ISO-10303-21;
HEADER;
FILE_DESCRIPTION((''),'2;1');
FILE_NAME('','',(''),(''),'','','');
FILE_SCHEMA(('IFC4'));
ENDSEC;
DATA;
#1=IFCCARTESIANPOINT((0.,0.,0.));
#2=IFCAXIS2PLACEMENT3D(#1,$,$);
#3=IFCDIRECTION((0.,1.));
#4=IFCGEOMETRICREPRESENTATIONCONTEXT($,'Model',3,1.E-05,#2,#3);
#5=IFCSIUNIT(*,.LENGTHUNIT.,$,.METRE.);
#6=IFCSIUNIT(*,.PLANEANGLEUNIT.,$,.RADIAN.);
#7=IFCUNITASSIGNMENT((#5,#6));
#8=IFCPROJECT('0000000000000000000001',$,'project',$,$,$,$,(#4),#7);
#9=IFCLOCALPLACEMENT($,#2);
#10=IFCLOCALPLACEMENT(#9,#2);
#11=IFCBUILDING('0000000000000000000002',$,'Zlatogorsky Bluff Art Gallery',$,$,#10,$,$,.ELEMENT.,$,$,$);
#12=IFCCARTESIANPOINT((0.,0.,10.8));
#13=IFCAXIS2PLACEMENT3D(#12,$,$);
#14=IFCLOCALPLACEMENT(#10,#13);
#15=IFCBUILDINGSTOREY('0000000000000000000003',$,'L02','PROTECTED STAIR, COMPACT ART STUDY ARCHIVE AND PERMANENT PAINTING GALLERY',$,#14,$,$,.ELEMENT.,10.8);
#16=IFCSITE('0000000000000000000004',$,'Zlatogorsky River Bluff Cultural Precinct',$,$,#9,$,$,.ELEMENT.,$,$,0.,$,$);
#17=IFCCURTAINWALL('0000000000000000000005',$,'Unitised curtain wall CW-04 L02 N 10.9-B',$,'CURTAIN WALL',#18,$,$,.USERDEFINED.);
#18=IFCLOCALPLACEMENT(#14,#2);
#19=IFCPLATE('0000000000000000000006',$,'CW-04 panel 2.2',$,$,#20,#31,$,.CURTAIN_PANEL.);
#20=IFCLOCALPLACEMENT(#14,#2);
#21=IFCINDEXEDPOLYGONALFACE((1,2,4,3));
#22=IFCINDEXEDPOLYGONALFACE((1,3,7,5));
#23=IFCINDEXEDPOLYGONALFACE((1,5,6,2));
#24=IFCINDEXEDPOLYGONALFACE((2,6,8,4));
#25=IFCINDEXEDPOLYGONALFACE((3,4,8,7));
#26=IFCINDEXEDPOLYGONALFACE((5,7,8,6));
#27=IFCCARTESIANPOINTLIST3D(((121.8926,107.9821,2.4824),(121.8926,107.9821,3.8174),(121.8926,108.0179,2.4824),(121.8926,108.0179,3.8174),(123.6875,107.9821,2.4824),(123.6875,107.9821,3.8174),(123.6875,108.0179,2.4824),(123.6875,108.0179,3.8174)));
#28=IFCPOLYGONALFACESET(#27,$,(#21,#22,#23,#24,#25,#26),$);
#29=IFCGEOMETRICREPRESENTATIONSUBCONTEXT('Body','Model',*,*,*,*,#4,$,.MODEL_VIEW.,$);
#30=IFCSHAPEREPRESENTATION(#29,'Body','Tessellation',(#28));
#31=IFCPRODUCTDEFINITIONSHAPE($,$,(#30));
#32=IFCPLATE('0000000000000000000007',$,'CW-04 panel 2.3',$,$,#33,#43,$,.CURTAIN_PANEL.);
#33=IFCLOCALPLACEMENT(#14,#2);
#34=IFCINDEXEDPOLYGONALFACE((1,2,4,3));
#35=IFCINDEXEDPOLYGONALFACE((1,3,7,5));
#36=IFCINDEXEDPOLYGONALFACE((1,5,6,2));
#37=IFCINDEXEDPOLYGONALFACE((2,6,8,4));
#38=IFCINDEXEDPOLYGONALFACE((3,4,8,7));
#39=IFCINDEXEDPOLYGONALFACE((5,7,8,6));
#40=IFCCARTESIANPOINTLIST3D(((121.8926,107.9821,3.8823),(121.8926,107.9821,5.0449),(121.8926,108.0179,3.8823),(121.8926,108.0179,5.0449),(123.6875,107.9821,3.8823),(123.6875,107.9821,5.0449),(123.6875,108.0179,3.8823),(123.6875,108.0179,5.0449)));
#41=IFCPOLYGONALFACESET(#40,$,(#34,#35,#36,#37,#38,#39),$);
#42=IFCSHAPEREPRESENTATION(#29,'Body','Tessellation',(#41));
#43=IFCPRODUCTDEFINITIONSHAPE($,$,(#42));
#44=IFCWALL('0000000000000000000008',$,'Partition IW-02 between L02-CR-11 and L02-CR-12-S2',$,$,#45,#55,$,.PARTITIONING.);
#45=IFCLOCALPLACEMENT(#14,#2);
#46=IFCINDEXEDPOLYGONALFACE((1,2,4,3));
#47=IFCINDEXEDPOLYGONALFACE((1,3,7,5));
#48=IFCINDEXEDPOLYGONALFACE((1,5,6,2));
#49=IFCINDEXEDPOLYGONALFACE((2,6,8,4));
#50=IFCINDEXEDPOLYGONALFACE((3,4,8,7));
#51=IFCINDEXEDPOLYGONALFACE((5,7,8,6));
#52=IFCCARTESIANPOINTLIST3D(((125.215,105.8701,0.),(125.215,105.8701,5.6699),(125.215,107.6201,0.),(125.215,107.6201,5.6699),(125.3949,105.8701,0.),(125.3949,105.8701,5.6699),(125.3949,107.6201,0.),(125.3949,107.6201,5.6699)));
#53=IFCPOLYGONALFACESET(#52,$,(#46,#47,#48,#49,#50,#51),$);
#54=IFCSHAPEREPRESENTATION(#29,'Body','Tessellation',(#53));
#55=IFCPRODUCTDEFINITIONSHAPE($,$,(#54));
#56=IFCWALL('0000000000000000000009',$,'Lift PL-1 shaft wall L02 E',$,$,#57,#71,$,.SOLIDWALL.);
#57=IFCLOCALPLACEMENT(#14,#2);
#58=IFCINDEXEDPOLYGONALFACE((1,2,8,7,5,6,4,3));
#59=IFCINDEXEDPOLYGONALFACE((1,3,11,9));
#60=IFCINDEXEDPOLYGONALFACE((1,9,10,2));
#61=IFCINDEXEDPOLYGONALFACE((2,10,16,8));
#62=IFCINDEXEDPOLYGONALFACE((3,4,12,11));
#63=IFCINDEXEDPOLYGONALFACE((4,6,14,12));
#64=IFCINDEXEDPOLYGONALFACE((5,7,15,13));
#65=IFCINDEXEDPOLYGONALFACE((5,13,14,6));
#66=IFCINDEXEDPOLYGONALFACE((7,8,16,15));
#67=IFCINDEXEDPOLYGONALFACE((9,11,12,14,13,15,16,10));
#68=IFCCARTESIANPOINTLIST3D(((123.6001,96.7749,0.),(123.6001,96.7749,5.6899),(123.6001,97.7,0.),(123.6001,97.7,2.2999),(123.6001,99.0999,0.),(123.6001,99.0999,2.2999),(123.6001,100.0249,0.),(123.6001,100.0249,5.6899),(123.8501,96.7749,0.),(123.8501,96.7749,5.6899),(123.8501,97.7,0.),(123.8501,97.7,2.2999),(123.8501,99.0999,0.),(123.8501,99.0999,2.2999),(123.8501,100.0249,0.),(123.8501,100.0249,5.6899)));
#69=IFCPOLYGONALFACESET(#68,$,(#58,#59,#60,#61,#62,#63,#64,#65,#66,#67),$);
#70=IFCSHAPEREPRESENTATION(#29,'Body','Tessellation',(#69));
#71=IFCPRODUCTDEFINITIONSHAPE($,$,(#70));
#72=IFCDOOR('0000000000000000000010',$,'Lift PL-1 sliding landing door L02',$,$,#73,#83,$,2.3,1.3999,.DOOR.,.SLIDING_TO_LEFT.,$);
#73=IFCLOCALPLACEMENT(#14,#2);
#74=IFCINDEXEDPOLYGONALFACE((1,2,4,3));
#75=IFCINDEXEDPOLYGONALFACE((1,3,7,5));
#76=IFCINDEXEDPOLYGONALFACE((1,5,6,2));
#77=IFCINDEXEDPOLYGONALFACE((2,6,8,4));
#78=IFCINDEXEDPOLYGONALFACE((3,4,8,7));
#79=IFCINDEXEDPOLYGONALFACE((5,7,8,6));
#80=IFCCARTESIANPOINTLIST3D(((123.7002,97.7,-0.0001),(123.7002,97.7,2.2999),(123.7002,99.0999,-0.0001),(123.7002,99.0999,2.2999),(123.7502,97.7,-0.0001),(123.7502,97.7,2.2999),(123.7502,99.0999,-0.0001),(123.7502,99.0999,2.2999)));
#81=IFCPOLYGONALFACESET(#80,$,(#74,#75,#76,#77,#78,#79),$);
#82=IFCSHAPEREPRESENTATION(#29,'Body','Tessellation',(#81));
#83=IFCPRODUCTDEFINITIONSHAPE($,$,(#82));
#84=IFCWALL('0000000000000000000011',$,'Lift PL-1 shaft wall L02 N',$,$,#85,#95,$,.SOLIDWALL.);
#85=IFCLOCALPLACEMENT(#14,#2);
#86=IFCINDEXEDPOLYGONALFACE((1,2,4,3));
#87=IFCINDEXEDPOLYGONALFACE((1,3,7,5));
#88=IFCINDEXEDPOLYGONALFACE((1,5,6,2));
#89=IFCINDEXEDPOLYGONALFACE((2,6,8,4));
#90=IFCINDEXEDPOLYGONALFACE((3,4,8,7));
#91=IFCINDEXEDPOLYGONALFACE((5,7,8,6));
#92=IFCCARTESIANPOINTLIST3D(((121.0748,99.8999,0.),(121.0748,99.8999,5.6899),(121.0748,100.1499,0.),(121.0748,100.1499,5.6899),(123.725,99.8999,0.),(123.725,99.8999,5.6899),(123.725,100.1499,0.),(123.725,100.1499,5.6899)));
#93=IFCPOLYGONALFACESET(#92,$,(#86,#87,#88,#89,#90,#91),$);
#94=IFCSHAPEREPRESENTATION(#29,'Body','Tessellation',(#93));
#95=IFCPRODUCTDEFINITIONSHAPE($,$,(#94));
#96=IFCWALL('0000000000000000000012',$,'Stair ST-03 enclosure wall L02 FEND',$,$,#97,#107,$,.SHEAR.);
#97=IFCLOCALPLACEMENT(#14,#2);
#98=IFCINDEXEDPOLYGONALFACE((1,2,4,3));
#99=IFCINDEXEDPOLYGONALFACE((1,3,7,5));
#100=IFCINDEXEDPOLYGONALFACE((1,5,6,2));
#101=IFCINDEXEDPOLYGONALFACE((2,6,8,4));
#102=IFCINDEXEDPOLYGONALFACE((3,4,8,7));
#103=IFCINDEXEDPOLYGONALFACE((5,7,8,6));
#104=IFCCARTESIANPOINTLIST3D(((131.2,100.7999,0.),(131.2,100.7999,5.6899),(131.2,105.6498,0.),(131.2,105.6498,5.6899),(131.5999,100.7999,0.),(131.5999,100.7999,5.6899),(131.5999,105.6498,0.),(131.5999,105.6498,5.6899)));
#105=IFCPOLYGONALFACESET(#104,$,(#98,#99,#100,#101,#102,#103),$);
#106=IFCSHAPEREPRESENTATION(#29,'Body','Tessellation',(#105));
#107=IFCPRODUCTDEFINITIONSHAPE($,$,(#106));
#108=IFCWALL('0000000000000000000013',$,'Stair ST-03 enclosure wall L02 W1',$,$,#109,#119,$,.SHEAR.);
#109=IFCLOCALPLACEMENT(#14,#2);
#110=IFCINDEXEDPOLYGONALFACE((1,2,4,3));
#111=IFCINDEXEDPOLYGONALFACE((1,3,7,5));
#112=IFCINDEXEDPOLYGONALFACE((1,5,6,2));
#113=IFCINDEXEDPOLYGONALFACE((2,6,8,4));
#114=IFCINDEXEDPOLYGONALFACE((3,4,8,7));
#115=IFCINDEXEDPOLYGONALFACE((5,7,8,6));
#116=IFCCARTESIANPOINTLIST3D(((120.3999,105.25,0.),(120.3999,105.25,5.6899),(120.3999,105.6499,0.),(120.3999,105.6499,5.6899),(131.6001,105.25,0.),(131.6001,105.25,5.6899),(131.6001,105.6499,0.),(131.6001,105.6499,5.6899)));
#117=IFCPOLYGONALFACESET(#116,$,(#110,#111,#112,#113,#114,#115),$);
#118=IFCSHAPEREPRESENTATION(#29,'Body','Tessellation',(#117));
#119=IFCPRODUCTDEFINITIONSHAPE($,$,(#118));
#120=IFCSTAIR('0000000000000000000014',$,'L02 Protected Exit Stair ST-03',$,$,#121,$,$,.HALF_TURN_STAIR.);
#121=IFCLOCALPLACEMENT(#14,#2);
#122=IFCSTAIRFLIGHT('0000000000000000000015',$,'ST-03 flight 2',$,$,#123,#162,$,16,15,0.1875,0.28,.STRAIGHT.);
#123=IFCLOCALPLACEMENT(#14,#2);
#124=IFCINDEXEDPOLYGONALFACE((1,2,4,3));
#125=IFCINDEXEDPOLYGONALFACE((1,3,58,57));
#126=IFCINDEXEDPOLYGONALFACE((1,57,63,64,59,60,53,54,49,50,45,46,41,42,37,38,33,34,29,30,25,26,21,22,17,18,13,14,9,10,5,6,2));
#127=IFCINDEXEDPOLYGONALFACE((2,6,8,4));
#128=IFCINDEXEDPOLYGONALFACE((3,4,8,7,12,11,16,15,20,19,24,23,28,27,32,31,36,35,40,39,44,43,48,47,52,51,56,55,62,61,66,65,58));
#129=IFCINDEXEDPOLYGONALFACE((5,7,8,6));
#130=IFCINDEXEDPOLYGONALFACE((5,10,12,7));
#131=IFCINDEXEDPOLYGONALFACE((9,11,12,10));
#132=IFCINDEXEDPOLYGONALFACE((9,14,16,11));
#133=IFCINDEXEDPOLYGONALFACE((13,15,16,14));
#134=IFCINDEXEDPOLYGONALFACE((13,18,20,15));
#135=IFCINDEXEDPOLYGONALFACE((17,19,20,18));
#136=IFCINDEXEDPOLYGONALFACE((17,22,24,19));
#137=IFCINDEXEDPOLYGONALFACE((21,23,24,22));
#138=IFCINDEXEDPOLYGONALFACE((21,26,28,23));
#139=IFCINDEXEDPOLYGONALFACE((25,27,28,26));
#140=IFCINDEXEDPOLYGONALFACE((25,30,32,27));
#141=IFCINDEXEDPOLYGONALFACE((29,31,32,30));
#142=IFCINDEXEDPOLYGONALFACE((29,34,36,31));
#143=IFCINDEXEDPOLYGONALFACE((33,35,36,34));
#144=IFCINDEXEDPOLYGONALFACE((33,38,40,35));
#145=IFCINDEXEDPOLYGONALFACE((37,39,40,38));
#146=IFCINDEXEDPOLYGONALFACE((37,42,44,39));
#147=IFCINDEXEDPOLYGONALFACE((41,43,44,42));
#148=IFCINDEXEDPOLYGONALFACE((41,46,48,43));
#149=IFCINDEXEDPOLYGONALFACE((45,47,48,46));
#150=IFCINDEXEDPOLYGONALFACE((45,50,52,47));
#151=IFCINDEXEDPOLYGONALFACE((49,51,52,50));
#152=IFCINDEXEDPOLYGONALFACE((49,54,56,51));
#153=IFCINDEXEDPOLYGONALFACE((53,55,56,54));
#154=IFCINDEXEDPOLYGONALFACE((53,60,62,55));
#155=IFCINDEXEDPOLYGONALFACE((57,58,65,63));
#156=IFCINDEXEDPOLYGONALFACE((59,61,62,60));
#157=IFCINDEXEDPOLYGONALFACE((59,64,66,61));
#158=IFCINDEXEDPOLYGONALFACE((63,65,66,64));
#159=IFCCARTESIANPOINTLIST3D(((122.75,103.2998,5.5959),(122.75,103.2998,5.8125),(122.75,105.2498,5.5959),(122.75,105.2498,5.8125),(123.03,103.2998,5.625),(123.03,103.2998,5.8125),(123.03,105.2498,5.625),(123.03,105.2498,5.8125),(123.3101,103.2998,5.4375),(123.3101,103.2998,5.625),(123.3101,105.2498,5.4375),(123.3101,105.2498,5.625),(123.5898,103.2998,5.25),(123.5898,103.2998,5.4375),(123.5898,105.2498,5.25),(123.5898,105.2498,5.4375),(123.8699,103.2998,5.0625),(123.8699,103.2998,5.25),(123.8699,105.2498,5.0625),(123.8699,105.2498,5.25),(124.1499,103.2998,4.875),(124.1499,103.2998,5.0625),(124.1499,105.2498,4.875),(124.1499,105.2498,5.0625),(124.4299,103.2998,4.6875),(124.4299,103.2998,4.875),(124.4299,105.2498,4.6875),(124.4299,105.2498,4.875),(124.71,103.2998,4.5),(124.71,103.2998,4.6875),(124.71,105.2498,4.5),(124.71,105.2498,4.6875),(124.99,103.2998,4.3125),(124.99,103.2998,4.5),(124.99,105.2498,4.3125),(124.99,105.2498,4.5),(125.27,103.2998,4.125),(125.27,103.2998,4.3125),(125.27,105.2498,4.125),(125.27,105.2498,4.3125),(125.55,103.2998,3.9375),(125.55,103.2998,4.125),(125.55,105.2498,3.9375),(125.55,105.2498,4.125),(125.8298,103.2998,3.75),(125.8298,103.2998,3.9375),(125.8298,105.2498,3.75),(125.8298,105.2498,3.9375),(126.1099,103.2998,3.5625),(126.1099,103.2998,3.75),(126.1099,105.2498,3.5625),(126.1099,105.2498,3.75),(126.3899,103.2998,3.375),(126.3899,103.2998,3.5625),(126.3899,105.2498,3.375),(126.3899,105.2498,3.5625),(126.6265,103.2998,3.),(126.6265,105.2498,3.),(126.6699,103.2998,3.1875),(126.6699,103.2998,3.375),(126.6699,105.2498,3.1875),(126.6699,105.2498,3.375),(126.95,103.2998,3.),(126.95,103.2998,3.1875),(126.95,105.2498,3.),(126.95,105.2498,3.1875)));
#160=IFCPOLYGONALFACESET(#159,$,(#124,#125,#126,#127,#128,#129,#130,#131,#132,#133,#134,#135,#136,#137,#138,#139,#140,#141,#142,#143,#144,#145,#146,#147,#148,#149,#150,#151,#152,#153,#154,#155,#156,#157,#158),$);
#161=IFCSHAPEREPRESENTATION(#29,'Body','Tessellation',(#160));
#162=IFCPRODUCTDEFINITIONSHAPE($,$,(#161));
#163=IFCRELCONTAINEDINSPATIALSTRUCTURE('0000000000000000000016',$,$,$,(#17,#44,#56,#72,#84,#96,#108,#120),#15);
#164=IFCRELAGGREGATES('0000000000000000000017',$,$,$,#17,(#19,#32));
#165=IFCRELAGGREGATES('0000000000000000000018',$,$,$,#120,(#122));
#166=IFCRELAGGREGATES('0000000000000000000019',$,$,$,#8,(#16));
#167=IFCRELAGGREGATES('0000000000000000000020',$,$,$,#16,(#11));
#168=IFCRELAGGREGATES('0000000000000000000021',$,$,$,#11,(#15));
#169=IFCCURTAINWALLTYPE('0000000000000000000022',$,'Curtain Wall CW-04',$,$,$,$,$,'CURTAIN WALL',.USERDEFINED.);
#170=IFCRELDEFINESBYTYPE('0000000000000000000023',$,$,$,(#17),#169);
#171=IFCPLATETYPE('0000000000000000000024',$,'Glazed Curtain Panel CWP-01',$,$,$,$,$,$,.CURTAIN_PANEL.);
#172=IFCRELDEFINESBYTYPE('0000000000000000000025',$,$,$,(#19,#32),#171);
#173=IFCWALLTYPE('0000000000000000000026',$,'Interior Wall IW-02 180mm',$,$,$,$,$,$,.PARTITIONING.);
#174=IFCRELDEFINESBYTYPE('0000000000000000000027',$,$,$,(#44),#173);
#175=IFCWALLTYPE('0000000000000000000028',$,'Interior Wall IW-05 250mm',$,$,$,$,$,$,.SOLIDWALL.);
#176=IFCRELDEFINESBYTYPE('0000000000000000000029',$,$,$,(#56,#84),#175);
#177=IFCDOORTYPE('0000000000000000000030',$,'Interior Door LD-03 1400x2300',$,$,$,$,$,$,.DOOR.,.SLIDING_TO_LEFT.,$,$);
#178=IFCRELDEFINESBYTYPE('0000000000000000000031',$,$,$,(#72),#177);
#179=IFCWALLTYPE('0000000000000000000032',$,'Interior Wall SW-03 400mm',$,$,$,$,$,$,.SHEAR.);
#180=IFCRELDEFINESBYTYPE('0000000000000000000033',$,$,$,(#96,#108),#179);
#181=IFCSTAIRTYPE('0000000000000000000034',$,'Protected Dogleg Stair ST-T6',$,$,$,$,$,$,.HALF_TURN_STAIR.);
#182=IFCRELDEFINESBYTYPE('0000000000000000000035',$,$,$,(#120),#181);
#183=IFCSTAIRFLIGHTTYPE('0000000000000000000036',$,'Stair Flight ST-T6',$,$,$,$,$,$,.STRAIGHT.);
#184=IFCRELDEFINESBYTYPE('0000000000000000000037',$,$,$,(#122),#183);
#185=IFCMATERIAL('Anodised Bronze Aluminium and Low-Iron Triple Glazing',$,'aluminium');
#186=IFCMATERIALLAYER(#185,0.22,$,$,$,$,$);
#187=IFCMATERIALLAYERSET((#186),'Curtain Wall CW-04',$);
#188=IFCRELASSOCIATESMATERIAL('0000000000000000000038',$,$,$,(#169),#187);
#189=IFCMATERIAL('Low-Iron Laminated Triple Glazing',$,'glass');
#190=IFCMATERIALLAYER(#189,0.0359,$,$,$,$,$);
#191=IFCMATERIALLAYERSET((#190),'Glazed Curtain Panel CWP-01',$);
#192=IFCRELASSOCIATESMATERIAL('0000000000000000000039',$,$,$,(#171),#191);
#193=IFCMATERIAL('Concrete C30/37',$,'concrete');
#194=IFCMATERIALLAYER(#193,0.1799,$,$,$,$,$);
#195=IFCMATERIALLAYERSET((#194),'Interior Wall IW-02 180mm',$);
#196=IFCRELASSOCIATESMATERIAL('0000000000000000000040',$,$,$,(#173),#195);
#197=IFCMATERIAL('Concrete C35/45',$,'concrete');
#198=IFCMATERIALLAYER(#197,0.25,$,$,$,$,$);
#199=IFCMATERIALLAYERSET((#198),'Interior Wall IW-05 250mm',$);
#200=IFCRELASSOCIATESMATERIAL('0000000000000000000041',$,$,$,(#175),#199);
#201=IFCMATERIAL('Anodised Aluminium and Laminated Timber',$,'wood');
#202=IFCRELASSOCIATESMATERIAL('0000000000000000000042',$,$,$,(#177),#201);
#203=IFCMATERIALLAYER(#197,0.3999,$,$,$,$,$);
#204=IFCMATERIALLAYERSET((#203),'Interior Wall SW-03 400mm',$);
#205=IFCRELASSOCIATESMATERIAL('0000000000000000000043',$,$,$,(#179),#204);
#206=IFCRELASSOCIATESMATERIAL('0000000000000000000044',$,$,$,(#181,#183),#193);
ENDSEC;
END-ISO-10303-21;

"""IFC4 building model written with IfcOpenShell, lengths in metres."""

from ifc_helpers import new_model, si_unit, direction, frame, frame_2d, origin, origin_2d, place, context, subcontext, project, spatial, polyline, rectangle, outline, extrude, material, layer, layer_set, type_object, element, fill, aggregate, save


model = new_model("IFC4")

# Units and contexts
model_context = context("Model", 3, precision=1e-05, world=origin(), true_north=direction((0.0, 1.0)))
body_context = subcontext(model_context, "Body", "Model", "MODEL_VIEW")
ifc_project = project(units=[si_unit("LENGTHUNIT", "METRE"), si_unit("PLANEANGLEUNIT", "RADIAN")], contexts=[model_context])

# Site, building, storey
site_placement = place(None, origin())
site = spatial("IfcSite", under=ifc_project, at=site_placement, Name="Zlatogorsky River Bluff Cultural Precinct", CompositionType="ELEMENT", RefElevation=0.0)
building_placement = place(site_placement, origin())
building = spatial("IfcBuilding", under=site, at=building_placement, Name="Zlatogorsky Bluff Art Gallery", CompositionType="ELEMENT")
storey_placement = place(building_placement, frame((0.0, 0.0, 10.8)))
storey = spatial("IfcBuildingStorey", under=building, at=storey_placement, Name="L02", Description="PROTECTED STAIR, COMPACT ART STUDY ARCHIVE AND PERMANENT PAINTING GALLERY", CompositionType="ELEMENT", Elevation=10.8)

# Curtain wall, plates
ifc_material_1 = material(Name="Anodised Bronze Aluminium and Low-Iron Triple Glazing", Category="aluminium")
ifc_layer_1 = layer(ifc_material_1, 0.22)
ifc_layer_set_1 = layer_set([ifc_layer_1], Name="Curtain Wall CW-04")
curtain_wall_type = type_object("IfcCurtainWallType", Name="Curtain Wall CW-04", ElementType="CURTAIN WALL", PredefinedType="USERDEFINED", material=ifc_layer_set_1)
curtain_wall_placement = place(storey_placement, origin())
curtain_wall = element("IfcCurtainWall", 1, at=curtain_wall_placement, inside=storey, type_object=curtain_wall_type, Name="Unitised curtain wall CW-04 L02 N 10.9-B", ObjectType="CURTAIN WALL", PredefinedType="USERDEFINED")
ifc_material_2 = material(Name="Low-Iron Laminated Triple Glazing", Category="glass")
ifc_layer_2 = layer(ifc_material_2, 0.0359)
ifc_layer_set_2 = layer_set([ifc_layer_2], Name="Glazed Curtain Panel CWP-01")
plate_type = type_object("IfcPlateType", Name="Glazed Curtain Panel CWP-01", PredefinedType="CURTAIN_PANEL", material=ifc_layer_set_2)
plate_1_placement = place(storey_placement, frame((122.79, 108.0, 2.4824), z_axis=(0.0, 0.0, 1.0), x_axis=(-1.0, 0.0, 0.0)))
plate_1 = element("IfcPlate", 2, at=plate_1_placement, type_object=plate_type, Name="CW-04 panel 2.2", PredefinedType="CURTAIN_PANEL", context=body_context, shape_type="SweptSolid", body=[
    extrude(rectangle(XDim=1.7949, YDim=0.0359, at=origin_2d()), origin(), (0.0, 0.0, 1.0), 1.335),
])
plate_2_placement = place(storey_placement, frame((122.79, 108.0, 3.8823), z_axis=(0.0, 0.0, 1.0), x_axis=(-1.0, 0.0, 0.0)))
plate_2 = element("IfcPlate", 3, at=plate_2_placement, type_object=plate_type, Name="CW-04 panel 2.3", PredefinedType="CURTAIN_PANEL", context=body_context, shape_type="SweptSolid", body=[
    extrude(rectangle(XDim=1.7949, YDim=0.0359, at=origin_2d()), origin(), (0.0, 0.0, 1.0), 1.1626),
])
aggregate(curtain_wall, [plate_1, plate_2])

# Wall
ifc_material_3 = material(Name="Concrete C30/37", Category="concrete")
ifc_layer_3 = layer(ifc_material_3, 0.1799)
ifc_layer_set_3 = layer_set([ifc_layer_3], Name="Interior Wall IW-02 180mm")
wall_type_1 = type_object("IfcWallType", Name="Interior Wall IW-02 180mm", PredefinedType="PARTITIONING", material=ifc_layer_set_3)
wall_1_placement = place(storey_placement, frame((125.3049, 105.8701, 0.0), z_axis=(0.0, 0.0, 1.0), x_axis=(0.0, 1.0, 0.0)))
element("IfcWall", 4, at=wall_1_placement, inside=storey, type_object=wall_type_1, Name="Partition IW-02 between L02-CR-11 and L02-CR-12-S2", PredefinedType="PARTITIONING", context=body_context, shape_type="SweptSolid", body=[
    extrude(rectangle(XDim=1.75, YDim=0.1799, at=frame_2d((0.875, 0.0))), origin(), (0.0, 0.0, 1.0), 5.6699),
])

# Wall, opening, door
ifc_material_4 = material(Name="Concrete C35/45", Category="concrete")
ifc_layer_4 = layer(ifc_material_4, 0.25)
ifc_layer_set_4 = layer_set([ifc_layer_4], Name="Interior Wall IW-05 250mm")
wall_type_2 = type_object("IfcWallType", Name="Interior Wall IW-05 250mm", PredefinedType="SOLIDWALL", material=ifc_layer_set_4)
wall_2_placement = place(storey_placement, frame((123.7251, 96.7749, 0.0), z_axis=(0.0, 0.0, 1.0), x_axis=(0.0, 1.0, 0.0)))
wall_2 = element("IfcWall", 5, at=wall_2_placement, inside=storey, type_object=wall_type_2, Name="Lift PL-1 shaft wall L02 E", PredefinedType="SOLIDWALL", context=body_context, shape_type="SweptSolid", body=[
    extrude(rectangle(XDim=3.25, YDim=0.25, at=frame_2d((1.625, 0.0))), origin(), (0.0, 0.0, 1.0), 5.6899),
])
opening_placement = place(wall_2_placement, frame((0.925, 0.0, 0.0)))
opening = element("IfcOpeningElement", 6, at=opening_placement, cuts=wall_2, PredefinedType="OPENING", context=body_context, shape_type="SweptSolid", body=[
    extrude(rectangle(XDim=1.3999, YDim=2.3, at=frame_2d((0.7, 1.1499))), frame((0.0, 0.135, 0.0), z_axis=(0.0, -1.0, 0.0), x_axis=(1.0, 0.0, 0.0)), (0.0, 0.0, 1.0), 0.27),
])
ifc_material_5 = material(Name="Anodised Aluminium and Laminated Timber", Category="wood")
door_type = type_object("IfcDoorType", Name="Interior Door LD-03 1400x2300", OperationType="SLIDING_TO_LEFT", PredefinedType="DOOR", material=ifc_material_5)
door_placement = place(opening_placement, origin())
door = element("IfcDoor", 7, at=door_placement, inside=storey, type_object=door_type, Name="Lift PL-1 sliding landing door L02", OperationType="SLIDING_TO_LEFT", OverallHeight=2.3, OverallWidth=1.3999, PredefinedType="DOOR", context=body_context, shape_type="SweptSolid", body=[
    extrude(rectangle(XDim=1.3999, YDim=2.3, at=frame_2d((0.7, 1.1499))), frame((0.0, 0.0249, 0.0), z_axis=(0.0, -1.0, 0.0), x_axis=(1.0, 0.0, 0.0)), (0.0, 0.0, 1.0), 0.05),
])
fill(opening, door)

# Walls
wall_3_placement = place(storey_placement, frame((123.7251, 100.0249, 0.0), z_axis=(0.0, 0.0, 1.0), x_axis=(-1.0, 0.0, 0.0)))
element("IfcWall", 8, at=wall_3_placement, inside=storey, type_object=wall_type_2, Name="Lift PL-1 shaft wall L02 N", PredefinedType="SOLIDWALL", context=body_context, shape_type="SweptSolid", body=[
    extrude(rectangle(XDim=2.6501, YDim=0.25, at=frame_2d((1.3252, 0.0))), origin(), (0.0, 0.0, 1.0), 5.6899),
])
ifc_layer_5 = layer(ifc_material_4, 0.3999)
ifc_layer_set_5 = layer_set([ifc_layer_5], Name="Interior Wall SW-03 400mm")
wall_type_3 = type_object("IfcWallType", Name="Interior Wall SW-03 400mm", PredefinedType="SHEAR", material=ifc_layer_set_5)
wall_4_placement = place(storey_placement, frame((131.3999, 100.8, 0.0), z_axis=(0.0, 0.0, 1.0), x_axis=(0.0, 1.0, 0.0)))
element("IfcWall", 9, at=wall_4_placement, inside=storey, type_object=wall_type_3, Name="Stair ST-03 enclosure wall L02 FEND", PredefinedType="SHEAR", context=body_context, shape_type="SweptSolid", body=[
    extrude(rectangle(XDim=4.8499, YDim=0.3999, at=frame_2d((2.4248, 0.0))), origin(), (0.0, 0.0, 1.0), 5.6899),
])
wall_5_placement = place(storey_placement, frame((131.6001, 105.45, 0.0), z_axis=(0.0, 0.0, 1.0), x_axis=(-1.0, 0.0, 0.0)))
element("IfcWall", 10, at=wall_5_placement, inside=storey, type_object=wall_type_3, Name="Stair ST-03 enclosure wall L02 W1", PredefinedType="SHEAR", context=body_context, shape_type="SweptSolid", body=[
    extrude(rectangle(XDim=11.2002, YDim=0.3999, at=frame_2d((5.6001, 0.0))), origin(), (0.0, 0.0, 1.0), 5.6899),
])

# Stair, stair flight
stair_type = type_object("IfcStairType", Name="Protected Dogleg Stair ST-T6", PredefinedType="HALF_TURN_STAIR", material=ifc_material_3)
stair_placement = place(storey_placement, origin())
stair = element("IfcStair", 11, at=stair_placement, inside=storey, type_object=stair_type, Name="L02 Protected Exit Stair ST-03", PredefinedType="HALF_TURN_STAIR")
stair_flight_type = type_object("IfcStairFlightType", Name="Stair Flight ST-T6", PredefinedType="STRAIGHT", material=ifc_material_3)
stair_flight_placement = place(storey_placement, frame((126.95, 104.2749, 3.0), z_axis=(0.0, 0.0, 1.0), x_axis=(-1.0, 0.0, 0.0)))
stair_flight = element("IfcStairFlight", 12, at=stair_flight_placement, type_object=stair_flight_type, Name="ST-03 flight 2", NumberOfRisers=16, NumberOfTreads=15, PredefinedType="STRAIGHT", RiserHeight=0.1875, TreadLength=0.28, context=body_context, shape_type="SweptSolid", body=[
    extrude(outline(polyline([(0.0, 0.0), (0.0, 0.1875), (0.28, 0.1875), (0.28, 0.375), (0.5601, 0.375), (0.5601, 0.5625), (0.8401, 0.5625), (0.8401, 0.75), (1.1201, 0.75), (1.1201, 0.9375), (1.3999, 0.9375), (1.3999, 1.125), (1.6799, 1.125), (1.6799, 1.3125), (1.96, 1.3125), (1.96, 1.5), (2.24, 1.5), (2.24, 1.6875), (2.52, 1.6875), (2.52, 1.875), (2.8, 1.875), (2.8, 2.0625), (3.0801, 2.0625), (3.0801, 2.25), (3.3601, 2.25), (3.3601, 2.4375), (3.6399, 2.4375), (3.6399, 2.625), (3.9199, 2.625), (3.9199, 2.8125), (4.2, 2.8125), (4.2, 3.0), (4.2, 2.5959), (0.3235, 0.0), (0.0, 0.0)])), frame((0.0, 0.9751, 0.0), z_axis=(0.0, -1.0, 0.0), x_axis=(1.0, 0.0, 0.0)), (0.0, 0.0, 1.0), 1.95),
])
aggregate(stair, [stair_flight])

save(model, "model.ifc")
